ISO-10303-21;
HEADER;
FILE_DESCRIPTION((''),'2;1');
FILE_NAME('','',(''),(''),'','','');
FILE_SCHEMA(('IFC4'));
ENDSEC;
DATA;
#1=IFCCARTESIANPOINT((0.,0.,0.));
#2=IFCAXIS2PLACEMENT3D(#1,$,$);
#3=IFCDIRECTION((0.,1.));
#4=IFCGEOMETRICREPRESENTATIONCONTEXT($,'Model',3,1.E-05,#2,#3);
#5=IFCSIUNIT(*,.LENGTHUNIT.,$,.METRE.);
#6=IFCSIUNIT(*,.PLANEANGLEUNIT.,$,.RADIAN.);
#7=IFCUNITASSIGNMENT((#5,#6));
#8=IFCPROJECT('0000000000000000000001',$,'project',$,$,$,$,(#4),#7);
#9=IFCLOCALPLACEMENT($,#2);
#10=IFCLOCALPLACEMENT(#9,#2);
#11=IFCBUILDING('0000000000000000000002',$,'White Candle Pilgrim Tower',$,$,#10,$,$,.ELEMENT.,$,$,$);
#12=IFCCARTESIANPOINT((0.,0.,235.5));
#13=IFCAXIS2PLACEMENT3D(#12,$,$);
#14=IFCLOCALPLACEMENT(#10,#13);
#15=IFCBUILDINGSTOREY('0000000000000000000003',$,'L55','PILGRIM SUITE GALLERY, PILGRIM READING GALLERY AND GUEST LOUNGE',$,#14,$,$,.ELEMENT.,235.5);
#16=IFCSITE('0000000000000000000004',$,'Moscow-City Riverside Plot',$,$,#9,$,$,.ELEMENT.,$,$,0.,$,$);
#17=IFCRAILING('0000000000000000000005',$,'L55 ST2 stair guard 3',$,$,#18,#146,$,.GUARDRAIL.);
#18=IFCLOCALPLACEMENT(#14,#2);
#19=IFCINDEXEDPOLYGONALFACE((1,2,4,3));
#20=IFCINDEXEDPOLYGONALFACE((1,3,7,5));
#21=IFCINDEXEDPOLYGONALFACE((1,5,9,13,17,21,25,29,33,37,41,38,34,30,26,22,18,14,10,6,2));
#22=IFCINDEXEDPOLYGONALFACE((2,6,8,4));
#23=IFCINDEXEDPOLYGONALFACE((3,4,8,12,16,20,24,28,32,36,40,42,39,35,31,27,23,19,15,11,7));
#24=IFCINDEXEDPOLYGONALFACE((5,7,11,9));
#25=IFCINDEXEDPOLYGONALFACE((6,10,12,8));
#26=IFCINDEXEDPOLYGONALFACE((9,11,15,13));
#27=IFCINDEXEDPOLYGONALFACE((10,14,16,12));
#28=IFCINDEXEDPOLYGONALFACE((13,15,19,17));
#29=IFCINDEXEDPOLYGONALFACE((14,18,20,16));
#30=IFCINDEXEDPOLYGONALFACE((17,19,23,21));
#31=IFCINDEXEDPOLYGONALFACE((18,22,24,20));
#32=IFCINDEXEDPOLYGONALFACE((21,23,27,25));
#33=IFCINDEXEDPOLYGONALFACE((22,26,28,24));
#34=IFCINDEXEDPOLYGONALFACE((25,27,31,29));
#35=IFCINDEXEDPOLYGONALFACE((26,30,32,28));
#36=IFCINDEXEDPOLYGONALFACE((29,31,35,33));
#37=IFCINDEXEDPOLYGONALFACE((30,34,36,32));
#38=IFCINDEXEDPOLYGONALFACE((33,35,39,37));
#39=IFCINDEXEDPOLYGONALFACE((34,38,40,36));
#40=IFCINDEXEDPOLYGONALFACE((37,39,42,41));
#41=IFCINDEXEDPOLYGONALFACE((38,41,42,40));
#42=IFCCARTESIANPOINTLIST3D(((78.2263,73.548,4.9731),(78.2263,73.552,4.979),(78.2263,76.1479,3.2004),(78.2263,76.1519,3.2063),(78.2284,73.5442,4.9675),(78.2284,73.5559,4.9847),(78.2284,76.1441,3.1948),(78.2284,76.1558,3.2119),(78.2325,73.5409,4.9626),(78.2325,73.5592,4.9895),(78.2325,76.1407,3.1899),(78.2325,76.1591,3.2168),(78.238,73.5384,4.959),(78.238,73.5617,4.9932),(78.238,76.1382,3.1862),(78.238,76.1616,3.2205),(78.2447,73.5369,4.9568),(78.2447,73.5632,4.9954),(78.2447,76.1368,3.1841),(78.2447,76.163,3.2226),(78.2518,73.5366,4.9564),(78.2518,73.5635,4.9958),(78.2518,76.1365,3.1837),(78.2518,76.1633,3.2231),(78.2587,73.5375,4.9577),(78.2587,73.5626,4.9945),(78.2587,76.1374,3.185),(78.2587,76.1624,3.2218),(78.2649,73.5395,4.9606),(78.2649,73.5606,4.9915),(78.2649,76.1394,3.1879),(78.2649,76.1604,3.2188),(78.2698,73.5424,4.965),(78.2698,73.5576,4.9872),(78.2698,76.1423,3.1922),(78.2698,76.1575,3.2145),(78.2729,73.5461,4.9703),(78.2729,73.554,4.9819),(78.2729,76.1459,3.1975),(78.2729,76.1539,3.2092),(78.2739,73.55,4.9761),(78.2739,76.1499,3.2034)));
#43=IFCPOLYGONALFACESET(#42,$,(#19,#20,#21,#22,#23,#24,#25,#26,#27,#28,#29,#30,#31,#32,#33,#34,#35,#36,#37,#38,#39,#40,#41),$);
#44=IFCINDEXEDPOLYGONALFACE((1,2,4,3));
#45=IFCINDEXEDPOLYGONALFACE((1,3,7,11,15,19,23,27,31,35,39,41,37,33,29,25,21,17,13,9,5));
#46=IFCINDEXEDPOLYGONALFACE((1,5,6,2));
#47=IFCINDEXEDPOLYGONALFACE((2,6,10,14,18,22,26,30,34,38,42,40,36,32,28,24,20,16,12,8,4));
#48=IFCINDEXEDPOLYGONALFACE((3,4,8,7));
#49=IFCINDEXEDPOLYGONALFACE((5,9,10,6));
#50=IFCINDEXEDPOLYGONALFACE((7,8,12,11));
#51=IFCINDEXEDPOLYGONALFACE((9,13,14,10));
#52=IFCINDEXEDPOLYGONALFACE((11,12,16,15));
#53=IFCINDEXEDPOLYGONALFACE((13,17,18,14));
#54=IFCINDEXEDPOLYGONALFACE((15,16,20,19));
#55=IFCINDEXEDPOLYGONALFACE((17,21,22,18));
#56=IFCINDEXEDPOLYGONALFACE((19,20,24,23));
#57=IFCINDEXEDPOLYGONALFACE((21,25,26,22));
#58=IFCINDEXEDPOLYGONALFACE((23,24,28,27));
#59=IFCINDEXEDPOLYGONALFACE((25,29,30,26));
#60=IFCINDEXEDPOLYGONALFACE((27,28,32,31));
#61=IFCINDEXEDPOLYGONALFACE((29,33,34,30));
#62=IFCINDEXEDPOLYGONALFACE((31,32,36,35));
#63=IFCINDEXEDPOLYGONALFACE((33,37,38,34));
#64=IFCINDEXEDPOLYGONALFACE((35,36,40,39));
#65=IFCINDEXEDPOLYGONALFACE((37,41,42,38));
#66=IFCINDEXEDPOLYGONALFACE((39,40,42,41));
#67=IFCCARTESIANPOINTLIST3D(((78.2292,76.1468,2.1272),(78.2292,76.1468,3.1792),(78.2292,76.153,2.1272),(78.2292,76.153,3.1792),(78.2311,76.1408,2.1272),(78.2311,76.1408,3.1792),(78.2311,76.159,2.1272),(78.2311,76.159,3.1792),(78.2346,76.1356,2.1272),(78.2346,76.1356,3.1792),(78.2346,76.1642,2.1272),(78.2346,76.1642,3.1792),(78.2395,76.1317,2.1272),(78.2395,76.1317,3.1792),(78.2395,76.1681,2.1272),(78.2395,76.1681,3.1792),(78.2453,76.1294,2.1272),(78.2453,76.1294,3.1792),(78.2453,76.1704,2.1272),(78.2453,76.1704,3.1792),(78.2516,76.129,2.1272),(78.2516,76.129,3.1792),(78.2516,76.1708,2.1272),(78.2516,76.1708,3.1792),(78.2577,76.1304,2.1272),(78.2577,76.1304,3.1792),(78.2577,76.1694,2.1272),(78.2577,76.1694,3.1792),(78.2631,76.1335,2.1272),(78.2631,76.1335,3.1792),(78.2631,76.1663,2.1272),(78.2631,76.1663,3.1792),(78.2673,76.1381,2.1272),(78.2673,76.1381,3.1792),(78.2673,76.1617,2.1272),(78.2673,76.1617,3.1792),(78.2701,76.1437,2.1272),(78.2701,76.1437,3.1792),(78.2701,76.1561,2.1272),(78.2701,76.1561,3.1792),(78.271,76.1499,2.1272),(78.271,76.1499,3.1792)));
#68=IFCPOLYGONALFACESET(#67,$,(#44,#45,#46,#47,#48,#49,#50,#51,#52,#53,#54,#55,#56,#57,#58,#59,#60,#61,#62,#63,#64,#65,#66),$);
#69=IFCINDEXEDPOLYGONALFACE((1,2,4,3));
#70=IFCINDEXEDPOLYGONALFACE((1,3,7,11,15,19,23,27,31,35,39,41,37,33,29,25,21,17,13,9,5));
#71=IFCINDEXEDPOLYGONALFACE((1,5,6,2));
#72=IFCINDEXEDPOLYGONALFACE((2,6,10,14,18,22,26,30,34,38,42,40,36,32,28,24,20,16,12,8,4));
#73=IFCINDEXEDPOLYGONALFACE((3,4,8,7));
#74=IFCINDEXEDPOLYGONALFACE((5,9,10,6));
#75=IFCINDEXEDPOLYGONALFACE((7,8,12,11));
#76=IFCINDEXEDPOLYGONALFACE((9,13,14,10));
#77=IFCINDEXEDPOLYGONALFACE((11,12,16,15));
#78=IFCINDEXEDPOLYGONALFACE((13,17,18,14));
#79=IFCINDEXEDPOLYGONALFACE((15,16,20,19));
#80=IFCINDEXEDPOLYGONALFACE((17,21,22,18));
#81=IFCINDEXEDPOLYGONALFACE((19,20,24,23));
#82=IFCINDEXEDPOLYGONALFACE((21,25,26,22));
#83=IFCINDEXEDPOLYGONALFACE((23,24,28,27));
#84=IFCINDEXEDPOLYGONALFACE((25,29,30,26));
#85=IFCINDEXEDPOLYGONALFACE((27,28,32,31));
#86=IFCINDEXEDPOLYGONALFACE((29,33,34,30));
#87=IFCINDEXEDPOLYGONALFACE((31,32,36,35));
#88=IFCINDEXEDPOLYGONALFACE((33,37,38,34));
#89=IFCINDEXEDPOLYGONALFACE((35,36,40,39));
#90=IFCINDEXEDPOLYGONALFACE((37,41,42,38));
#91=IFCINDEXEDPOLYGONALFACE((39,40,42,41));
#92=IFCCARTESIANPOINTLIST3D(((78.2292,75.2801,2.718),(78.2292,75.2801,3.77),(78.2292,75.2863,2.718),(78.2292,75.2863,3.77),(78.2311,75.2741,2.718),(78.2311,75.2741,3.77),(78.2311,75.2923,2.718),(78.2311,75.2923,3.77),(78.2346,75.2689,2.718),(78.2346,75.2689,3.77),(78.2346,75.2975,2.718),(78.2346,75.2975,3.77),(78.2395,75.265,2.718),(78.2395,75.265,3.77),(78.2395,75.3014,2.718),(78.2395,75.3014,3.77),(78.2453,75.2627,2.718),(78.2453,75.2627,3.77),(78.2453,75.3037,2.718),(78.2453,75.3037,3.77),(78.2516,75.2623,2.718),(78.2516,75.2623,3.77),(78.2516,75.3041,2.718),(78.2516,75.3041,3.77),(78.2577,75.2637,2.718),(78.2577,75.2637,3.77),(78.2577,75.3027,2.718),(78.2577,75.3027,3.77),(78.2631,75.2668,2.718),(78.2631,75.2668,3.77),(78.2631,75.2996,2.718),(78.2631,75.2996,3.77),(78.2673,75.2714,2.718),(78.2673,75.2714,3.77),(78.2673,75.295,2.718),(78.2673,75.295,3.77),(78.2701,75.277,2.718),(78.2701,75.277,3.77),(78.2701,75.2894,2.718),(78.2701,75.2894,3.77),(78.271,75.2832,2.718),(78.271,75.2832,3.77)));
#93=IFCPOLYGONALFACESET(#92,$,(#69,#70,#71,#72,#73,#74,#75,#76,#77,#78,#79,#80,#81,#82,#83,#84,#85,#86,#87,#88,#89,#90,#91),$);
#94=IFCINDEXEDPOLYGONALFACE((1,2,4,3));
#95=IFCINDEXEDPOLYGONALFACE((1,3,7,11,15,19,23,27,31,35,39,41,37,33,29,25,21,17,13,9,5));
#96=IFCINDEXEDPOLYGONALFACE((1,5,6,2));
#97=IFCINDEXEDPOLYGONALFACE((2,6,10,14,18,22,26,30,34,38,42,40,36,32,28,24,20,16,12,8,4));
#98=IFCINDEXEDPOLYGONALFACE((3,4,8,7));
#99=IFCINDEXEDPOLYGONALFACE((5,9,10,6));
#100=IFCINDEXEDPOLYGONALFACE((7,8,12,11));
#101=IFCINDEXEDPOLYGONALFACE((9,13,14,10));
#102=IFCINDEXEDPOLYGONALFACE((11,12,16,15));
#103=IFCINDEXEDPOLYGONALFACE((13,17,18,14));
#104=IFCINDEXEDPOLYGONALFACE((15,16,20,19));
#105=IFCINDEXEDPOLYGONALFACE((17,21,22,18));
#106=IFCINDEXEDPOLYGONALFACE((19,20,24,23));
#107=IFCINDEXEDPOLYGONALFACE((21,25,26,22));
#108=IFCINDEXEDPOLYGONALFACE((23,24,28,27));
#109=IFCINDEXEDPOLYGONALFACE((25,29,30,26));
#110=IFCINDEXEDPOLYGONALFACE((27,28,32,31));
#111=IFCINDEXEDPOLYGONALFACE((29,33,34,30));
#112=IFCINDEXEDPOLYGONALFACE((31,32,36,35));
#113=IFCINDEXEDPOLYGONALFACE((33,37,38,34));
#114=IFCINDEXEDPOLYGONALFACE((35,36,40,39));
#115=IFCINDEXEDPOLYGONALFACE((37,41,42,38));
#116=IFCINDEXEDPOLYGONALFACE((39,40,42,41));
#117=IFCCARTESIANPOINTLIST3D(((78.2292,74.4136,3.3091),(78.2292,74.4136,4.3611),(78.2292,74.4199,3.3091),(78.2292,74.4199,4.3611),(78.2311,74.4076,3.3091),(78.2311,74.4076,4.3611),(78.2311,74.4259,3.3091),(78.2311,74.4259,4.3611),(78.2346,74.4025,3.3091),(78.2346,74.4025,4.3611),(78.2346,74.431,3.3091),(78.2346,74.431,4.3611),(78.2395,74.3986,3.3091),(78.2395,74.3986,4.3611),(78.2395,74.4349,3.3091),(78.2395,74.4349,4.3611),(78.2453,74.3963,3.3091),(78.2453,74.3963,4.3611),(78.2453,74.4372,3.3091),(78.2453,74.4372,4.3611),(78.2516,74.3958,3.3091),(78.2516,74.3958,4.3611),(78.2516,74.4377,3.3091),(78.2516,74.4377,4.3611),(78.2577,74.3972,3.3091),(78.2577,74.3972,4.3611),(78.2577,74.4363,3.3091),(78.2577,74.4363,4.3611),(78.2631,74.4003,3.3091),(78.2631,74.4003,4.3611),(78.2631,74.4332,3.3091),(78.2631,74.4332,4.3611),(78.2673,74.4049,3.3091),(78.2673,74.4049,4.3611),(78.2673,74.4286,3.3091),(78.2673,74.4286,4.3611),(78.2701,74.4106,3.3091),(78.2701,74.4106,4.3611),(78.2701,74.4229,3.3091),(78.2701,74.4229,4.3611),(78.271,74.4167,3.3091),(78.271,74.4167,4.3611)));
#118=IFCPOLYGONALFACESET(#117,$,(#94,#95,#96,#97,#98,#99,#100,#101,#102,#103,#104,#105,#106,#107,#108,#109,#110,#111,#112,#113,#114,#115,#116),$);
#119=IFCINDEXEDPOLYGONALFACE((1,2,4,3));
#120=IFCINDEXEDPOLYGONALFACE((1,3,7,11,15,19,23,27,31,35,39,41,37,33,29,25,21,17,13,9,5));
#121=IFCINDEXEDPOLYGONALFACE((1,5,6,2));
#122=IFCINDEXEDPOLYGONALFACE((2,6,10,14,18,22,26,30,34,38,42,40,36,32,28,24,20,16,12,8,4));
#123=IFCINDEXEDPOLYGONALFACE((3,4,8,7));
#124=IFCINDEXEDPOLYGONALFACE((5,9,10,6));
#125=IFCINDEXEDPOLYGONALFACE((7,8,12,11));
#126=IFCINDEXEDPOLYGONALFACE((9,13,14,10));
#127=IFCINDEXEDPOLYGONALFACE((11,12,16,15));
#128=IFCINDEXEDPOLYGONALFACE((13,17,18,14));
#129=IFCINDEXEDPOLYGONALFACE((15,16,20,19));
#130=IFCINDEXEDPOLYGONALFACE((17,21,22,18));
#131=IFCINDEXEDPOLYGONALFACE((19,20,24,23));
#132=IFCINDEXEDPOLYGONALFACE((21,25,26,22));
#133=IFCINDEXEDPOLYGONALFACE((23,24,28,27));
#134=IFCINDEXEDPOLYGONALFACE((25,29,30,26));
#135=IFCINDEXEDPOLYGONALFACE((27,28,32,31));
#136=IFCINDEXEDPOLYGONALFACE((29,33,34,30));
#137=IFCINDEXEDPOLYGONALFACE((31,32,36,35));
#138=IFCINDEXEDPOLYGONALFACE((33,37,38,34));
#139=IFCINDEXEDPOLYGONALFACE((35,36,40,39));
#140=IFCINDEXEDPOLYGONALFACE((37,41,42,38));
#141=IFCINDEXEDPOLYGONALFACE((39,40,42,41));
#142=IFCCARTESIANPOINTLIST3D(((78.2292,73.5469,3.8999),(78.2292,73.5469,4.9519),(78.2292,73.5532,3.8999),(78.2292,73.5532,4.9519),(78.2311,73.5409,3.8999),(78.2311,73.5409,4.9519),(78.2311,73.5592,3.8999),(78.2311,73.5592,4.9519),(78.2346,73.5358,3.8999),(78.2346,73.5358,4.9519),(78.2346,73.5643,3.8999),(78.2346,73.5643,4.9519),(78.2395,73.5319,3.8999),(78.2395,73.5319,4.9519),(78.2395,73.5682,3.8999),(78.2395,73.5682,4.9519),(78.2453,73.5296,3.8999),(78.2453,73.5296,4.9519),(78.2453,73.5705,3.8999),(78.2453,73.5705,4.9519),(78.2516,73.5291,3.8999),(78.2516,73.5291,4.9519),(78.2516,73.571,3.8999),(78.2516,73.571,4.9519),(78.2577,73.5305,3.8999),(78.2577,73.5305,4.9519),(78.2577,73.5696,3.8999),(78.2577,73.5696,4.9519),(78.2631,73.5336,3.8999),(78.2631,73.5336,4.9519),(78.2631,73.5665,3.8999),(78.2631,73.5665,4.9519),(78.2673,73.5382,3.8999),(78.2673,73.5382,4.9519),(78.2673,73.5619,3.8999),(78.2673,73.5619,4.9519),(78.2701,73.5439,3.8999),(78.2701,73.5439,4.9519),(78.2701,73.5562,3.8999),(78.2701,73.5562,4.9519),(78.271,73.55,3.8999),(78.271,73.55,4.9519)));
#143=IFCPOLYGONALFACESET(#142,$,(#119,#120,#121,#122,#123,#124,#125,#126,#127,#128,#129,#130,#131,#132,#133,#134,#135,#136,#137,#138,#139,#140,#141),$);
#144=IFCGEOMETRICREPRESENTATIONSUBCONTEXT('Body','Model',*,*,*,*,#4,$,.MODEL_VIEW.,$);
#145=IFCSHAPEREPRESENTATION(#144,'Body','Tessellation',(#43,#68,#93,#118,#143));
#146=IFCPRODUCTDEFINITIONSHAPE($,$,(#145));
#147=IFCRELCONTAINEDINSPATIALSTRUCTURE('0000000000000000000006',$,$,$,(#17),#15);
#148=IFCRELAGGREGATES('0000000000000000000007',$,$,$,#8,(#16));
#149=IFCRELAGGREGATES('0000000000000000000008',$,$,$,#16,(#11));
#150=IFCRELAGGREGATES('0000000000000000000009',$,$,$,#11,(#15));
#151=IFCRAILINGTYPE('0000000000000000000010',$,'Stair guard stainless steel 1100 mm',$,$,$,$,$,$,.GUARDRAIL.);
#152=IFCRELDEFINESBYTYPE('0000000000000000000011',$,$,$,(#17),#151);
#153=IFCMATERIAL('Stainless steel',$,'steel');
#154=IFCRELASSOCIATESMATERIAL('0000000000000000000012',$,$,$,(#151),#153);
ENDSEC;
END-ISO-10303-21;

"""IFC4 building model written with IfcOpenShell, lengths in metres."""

from ifc_helpers import new_model, si_unit, direction, frame, origin, origin_2d, place, context, subcontext, project, spatial, circle, extrude, material, type_object, element, save


model = new_model("IFC4")

# Units and contexts
model_context = context("Model", 3, precision=1e-05, world=origin(), true_north=direction((0.0, 1.0)))
body_context = subcontext(model_context, "Body", "Model", "MODEL_VIEW")
ifc_project = project(units=[si_unit("LENGTHUNIT", "METRE"), si_unit("PLANEANGLEUNIT", "RADIAN")], contexts=[model_context])

# Site, building, storey
site_placement = place(None, origin())
site = spatial("IfcSite", under=ifc_project, at=site_placement, Name="Moscow-City Riverside Plot", CompositionType="ELEMENT", RefElevation=0.0)
building_placement = place(site_placement, origin())
building = spatial("IfcBuilding", under=site, at=building_placement, Name="White Candle Pilgrim Tower", CompositionType="ELEMENT")
storey_placement = place(building_placement, frame((0.0, 0.0, 235.5)))
storey = spatial("IfcBuildingStorey", under=building, at=storey_placement, Name="L55", Description="PILGRIM SUITE GALLERY, PILGRIM READING GALLERY AND GUEST LOUNGE", CompositionType="ELEMENT", Elevation=235.5)

# Railing
ifc_material_1 = material(Name="Stainless steel", Category="steel")
railing_type_1 = type_object("IfcRailingType", Name="Stair guard stainless steel 1100 mm", PredefinedType="GUARDRAIL", material=ifc_material_1)
railing_1_placement = place(storey_placement, frame((78.25, 76.1499, 2.1272)))
element("IfcRailing", 1, at=railing_1_placement, inside=storey, type_object=railing_type_1, Name="L55 ST2 stair guard 3", PredefinedType="GUARDRAIL", context=body_context, shape_type="SweptSolid", body=[
    extrude(circle(Radius=0.0239, at=origin_2d()), frame((0.0, 0.0, 1.0762), z_axis=(0.0, -0.826216, 0.563354), x_axis=(1.0, 0.0, 0.0)), (0.0, 0.0, 1.0), 3.1467),
    extrude(circle(Radius=0.021, at=origin_2d()), origin(), (0.0, 0.0, 1.0), 1.052),
    extrude(circle(Radius=0.021, at=origin_2d()), frame((0.0, -0.8667, 0.5908)), (0.0, 0.0, 1.0), 1.052),
    extrude(circle(Radius=0.021, at=origin_2d()), frame((0.0, -1.7332, 1.1819)), (0.0, 0.0, 1.0), 1.052),
    extrude(circle(Radius=0.021, at=origin_2d()), frame((0.0, -2.5999, 1.7727)), (0.0, 0.0, 1.0), 1.052),
])

save(model, "model.ifc")
